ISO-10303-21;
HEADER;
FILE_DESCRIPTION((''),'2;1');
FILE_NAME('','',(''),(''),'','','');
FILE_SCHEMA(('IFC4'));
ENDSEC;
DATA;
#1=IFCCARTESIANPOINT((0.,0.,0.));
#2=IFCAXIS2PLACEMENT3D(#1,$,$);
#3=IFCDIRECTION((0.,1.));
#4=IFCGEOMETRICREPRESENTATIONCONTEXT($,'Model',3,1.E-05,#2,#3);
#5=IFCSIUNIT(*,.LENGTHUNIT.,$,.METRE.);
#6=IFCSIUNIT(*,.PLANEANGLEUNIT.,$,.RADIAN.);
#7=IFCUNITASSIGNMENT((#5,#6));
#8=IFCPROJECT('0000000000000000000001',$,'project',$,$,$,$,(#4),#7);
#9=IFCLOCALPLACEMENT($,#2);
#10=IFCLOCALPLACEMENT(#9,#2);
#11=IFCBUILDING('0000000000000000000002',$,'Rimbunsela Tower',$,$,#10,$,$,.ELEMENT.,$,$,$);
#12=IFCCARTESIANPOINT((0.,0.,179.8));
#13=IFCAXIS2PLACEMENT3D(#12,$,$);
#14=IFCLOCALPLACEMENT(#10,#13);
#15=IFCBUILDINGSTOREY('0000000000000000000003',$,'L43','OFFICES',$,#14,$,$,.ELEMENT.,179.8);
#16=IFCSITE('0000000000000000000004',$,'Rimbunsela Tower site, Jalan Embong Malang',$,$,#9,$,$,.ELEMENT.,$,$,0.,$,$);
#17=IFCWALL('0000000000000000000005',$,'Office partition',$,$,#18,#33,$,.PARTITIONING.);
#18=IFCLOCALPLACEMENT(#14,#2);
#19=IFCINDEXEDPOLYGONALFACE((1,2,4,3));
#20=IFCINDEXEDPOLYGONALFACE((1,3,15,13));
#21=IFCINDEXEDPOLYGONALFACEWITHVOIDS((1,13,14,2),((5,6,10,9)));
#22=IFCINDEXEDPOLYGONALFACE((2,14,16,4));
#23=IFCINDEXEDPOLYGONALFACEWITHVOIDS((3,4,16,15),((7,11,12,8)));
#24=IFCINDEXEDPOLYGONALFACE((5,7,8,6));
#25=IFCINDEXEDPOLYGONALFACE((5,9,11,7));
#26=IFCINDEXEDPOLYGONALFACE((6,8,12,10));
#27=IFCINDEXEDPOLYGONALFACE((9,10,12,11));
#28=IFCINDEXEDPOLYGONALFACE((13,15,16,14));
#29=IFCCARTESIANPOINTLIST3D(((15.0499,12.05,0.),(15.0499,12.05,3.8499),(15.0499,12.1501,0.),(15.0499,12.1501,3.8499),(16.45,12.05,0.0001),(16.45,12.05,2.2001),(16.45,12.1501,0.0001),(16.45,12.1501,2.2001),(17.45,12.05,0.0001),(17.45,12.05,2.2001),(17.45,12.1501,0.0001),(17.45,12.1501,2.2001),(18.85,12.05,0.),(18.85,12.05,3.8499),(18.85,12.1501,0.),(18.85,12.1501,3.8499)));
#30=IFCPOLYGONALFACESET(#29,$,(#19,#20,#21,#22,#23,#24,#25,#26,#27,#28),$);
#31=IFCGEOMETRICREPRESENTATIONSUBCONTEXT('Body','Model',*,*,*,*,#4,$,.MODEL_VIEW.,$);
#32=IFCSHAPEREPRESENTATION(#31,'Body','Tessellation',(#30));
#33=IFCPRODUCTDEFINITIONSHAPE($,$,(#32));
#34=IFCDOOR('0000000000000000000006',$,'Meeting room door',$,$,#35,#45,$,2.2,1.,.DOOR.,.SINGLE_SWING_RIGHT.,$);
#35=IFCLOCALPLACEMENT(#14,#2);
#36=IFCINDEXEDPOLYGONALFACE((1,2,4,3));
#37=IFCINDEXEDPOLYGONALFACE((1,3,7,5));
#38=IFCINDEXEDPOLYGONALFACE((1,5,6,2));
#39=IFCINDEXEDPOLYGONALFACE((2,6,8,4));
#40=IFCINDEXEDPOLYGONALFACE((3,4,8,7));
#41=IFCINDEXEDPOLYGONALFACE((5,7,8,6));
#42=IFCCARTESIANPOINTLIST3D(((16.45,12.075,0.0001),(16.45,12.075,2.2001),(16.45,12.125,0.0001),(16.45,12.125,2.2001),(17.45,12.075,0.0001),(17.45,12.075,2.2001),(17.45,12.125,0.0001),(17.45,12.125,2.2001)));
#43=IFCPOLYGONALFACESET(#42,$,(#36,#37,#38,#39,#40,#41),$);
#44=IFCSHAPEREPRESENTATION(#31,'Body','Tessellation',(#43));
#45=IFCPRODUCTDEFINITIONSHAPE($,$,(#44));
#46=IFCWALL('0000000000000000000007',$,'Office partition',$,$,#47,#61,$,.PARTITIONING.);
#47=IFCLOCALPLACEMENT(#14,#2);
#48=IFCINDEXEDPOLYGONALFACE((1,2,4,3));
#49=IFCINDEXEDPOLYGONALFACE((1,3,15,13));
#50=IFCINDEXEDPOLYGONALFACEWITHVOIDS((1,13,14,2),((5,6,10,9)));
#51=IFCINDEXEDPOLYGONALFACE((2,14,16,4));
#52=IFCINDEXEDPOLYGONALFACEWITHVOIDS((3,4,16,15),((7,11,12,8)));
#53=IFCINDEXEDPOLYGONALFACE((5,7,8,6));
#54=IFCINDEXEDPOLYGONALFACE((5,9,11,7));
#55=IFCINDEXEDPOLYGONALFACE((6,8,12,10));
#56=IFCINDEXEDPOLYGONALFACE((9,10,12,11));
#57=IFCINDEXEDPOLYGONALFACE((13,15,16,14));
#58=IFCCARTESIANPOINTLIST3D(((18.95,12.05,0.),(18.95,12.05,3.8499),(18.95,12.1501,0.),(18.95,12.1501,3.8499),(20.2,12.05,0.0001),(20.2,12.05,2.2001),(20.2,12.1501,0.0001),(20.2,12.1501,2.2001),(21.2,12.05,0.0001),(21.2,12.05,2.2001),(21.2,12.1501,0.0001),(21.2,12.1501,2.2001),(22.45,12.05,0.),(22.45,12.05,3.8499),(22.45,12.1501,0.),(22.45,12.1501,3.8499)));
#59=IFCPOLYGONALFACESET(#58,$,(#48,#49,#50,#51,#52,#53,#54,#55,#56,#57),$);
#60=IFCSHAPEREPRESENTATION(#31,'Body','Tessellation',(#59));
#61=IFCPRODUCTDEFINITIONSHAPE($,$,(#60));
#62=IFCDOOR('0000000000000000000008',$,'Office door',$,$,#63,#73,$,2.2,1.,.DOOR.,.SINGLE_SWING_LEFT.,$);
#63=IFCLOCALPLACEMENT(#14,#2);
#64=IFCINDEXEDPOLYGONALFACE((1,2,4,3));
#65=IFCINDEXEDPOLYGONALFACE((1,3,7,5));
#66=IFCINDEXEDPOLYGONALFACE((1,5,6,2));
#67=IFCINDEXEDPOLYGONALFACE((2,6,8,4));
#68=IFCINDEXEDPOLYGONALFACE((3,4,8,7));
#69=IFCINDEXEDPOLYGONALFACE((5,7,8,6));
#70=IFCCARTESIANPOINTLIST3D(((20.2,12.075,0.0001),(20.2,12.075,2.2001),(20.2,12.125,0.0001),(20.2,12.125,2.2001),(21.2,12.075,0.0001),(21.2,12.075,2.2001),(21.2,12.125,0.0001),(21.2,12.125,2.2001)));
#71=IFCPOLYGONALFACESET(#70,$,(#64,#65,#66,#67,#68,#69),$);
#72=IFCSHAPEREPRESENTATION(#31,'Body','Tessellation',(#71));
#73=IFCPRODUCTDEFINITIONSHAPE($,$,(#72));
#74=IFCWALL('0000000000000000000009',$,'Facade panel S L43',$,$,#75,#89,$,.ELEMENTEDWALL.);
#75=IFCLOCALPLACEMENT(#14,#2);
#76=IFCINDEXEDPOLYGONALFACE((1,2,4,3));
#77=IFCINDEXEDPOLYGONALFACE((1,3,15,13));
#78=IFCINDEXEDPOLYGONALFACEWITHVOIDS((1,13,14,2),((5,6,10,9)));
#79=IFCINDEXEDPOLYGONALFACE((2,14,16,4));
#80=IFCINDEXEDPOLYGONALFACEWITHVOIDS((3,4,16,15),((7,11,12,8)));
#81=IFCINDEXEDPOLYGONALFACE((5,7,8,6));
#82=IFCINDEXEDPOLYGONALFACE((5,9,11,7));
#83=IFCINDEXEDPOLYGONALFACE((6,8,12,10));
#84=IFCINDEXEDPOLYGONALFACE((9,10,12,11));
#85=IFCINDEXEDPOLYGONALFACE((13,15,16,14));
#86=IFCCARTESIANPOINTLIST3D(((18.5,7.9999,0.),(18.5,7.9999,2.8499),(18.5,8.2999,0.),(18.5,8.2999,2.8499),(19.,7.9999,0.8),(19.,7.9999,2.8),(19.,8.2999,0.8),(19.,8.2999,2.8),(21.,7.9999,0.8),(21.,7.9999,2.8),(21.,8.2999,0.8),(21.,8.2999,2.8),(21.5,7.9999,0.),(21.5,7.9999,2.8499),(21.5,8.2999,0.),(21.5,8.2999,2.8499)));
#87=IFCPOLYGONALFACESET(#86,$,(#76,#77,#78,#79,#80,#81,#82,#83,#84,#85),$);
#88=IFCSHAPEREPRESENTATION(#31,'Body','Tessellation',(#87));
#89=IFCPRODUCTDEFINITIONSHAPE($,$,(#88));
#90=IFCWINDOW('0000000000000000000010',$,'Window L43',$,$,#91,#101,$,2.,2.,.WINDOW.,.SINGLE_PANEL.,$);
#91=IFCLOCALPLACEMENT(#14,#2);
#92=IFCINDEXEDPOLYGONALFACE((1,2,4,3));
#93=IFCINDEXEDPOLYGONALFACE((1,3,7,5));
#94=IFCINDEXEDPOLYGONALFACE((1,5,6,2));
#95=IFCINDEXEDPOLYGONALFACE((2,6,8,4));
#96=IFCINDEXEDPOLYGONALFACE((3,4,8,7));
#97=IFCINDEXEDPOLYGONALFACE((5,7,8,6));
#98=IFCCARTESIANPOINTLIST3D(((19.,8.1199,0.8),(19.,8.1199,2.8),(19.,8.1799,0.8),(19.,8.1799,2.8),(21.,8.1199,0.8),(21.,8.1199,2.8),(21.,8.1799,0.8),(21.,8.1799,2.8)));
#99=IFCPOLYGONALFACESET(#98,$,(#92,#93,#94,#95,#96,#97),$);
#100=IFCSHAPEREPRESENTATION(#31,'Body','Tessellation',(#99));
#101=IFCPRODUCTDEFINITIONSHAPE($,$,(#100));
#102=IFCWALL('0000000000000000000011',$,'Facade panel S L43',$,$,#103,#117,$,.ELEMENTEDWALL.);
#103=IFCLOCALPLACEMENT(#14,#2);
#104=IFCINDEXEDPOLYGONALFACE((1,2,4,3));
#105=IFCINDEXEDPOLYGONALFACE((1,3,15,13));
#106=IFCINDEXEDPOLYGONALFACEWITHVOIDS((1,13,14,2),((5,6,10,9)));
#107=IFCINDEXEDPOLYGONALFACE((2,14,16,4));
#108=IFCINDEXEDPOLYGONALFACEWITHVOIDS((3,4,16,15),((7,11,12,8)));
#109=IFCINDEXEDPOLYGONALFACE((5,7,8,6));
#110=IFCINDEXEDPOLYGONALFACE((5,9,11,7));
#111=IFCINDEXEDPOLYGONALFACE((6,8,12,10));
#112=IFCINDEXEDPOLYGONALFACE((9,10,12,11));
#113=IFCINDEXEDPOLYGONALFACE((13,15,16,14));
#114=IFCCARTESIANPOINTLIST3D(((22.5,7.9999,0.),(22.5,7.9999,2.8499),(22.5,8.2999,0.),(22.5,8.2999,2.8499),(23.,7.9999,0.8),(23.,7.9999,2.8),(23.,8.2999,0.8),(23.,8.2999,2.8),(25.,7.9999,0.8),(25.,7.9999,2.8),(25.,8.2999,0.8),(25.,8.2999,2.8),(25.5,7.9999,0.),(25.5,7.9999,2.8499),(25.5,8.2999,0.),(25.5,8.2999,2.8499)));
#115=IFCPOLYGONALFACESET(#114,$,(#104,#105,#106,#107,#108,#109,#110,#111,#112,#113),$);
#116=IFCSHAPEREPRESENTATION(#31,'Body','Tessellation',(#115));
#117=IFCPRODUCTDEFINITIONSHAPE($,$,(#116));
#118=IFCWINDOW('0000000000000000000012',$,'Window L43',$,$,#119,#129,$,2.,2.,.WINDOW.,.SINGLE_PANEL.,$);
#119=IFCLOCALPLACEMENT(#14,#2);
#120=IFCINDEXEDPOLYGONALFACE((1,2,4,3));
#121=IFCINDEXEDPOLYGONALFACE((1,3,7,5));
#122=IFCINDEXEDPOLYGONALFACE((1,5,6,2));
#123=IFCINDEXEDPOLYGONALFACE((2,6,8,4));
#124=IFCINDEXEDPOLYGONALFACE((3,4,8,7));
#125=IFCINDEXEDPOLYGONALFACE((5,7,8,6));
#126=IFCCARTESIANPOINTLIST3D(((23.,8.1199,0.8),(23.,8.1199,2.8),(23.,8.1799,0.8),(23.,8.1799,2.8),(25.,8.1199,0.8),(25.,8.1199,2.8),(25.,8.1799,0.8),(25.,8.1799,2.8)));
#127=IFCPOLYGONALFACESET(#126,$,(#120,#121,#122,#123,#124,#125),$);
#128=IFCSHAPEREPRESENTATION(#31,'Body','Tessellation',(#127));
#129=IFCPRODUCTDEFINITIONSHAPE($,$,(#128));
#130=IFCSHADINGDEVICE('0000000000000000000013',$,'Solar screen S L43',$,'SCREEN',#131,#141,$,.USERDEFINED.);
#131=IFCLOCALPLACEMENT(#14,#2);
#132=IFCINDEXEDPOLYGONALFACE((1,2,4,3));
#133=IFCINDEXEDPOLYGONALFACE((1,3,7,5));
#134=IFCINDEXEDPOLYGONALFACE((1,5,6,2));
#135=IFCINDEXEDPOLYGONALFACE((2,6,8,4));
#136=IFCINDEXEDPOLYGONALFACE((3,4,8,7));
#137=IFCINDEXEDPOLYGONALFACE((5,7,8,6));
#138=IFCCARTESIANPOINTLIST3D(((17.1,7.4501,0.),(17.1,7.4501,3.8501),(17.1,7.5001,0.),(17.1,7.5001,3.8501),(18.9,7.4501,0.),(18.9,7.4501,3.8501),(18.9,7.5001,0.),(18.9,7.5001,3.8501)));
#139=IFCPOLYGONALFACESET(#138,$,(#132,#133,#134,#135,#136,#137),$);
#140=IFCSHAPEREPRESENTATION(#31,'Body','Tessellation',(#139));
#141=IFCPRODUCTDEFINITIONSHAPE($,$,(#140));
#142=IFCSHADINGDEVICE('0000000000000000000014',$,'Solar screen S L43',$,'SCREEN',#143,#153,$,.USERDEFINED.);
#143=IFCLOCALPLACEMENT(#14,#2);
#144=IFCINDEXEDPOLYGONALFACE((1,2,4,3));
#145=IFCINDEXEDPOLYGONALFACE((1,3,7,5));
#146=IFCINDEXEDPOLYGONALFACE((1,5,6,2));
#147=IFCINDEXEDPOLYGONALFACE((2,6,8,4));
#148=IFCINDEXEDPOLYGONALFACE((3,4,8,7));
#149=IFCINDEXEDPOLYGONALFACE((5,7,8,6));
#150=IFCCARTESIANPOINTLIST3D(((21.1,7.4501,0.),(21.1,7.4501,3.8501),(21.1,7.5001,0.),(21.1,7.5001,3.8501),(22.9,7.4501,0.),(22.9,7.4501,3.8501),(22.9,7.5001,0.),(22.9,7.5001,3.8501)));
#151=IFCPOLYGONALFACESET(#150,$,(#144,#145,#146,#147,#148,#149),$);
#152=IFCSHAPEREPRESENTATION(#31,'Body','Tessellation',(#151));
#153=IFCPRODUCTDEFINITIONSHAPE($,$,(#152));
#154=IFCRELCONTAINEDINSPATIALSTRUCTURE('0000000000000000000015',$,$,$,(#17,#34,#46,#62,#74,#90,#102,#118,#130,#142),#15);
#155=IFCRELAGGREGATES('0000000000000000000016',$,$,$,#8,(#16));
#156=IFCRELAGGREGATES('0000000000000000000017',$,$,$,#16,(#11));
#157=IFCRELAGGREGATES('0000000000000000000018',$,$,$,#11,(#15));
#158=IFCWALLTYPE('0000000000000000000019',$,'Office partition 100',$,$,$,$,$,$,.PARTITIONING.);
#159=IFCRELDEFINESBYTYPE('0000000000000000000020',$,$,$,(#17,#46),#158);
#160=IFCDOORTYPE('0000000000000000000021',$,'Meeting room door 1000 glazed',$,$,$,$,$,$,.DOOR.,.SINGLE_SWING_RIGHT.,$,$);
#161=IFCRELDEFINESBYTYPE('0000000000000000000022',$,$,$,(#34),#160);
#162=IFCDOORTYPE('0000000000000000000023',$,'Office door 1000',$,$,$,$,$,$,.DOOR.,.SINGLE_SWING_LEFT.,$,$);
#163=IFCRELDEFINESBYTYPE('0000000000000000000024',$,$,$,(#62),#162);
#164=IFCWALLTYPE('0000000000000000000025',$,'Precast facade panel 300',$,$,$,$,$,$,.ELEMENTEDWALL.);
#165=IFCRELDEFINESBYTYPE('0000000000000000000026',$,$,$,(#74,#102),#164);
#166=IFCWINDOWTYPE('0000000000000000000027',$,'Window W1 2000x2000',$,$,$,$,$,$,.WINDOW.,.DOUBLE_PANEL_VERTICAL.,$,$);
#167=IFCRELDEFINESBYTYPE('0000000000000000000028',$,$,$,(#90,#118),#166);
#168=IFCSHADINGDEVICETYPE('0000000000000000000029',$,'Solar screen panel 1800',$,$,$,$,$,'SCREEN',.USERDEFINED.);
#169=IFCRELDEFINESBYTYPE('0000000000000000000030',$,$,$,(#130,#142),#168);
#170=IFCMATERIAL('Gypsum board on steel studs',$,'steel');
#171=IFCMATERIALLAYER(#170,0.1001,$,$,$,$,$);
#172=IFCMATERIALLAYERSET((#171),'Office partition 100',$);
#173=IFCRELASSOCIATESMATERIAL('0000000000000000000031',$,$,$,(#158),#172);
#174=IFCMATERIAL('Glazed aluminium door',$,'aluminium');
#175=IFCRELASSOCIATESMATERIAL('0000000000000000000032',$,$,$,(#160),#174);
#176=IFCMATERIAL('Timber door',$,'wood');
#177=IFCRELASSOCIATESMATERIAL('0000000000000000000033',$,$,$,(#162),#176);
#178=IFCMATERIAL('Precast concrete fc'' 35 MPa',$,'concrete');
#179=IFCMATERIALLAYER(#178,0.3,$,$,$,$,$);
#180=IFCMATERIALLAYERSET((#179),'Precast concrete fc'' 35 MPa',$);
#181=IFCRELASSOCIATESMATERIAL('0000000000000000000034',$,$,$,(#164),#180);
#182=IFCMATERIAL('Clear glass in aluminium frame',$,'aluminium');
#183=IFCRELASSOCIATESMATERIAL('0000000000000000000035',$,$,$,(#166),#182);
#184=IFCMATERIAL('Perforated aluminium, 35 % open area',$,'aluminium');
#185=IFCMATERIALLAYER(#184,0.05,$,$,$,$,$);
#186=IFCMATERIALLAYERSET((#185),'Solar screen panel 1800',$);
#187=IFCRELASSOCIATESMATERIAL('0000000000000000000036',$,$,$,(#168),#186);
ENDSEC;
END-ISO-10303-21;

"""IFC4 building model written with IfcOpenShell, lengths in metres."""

from ifc_helpers import new_model, si_unit, direction, frame, frame_2d, origin, origin_2d, place, context, subcontext, project, spatial, rectangle, extrude, material, layer, layer_set, type_object, element, fill, save


model = new_model("IFC4")

# Units and contexts
model_context = context("Model", 3, precision=1e-05, world=origin(), true_north=direction((0.0, 1.0)))
body_context = subcontext(model_context, "Body", "Model", "MODEL_VIEW")
ifc_project = project(units=[si_unit("LENGTHUNIT", "METRE"), si_unit("PLANEANGLEUNIT", "RADIAN")], contexts=[model_context])

# Site, building, storey
site_placement = place(None, origin())
site = spatial("IfcSite", under=ifc_project, at=site_placement, Name="Rimbunsela Tower site, Jalan Embong Malang", CompositionType="ELEMENT", RefElevation=0.0)
building_placement = place(site_placement, origin())
building = spatial("IfcBuilding", under=site, at=building_placement, Name="Rimbunsela Tower", CompositionType="ELEMENT")
storey_placement = place(building_placement, frame((0.0, 0.0, 179.8)))
storey = spatial("IfcBuildingStorey", under=building, at=storey_placement, Name="L43", Description="OFFICES", CompositionType="ELEMENT", Elevation=179.8)

# Walls, openings, doors
ifc_material_1 = material(Name="Gypsum board on steel studs", Category="steel")
ifc_layer_1 = layer(ifc_material_1, 0.1001)
ifc_layer_set_1 = layer_set([ifc_layer_1], Name="Office partition 100")
wall_type_1 = type_object("IfcWallType", Name="Office partition 100", PredefinedType="PARTITIONING", material=ifc_layer_set_1)
wall_1_placement = place(storey_placement, frame((15.05, 12.1001, 0.0), z_axis=(0.0, 0.0, 1.0), x_axis=(1.0, 0.0, 0.0)))
wall_1 = element("IfcWall", 1, at=wall_1_placement, inside=storey, type_object=wall_type_1, Name="Office partition", PredefinedType="PARTITIONING", context=body_context, shape_type="SweptSolid", body=[
    extrude(rectangle(XDim=3.8, YDim=0.1001, at=frame_2d((1.8999, 0.0))), origin(), (0.0, 0.0, 1.0), 3.8499),
])
opening_1_placement = place(wall_1_placement, frame((1.3999, 0.0, 0.0)))
opening_1 = element("IfcOpeningElement", 2, at=opening_1_placement, cuts=wall_1, PredefinedType="OPENING", context=body_context, shape_type="SweptSolid", body=[
    extrude(rectangle(XDim=1.0, YDim=2.2, at=frame_2d((0.5, 1.1001))), frame((0.0, 0.0601, 0.0), z_axis=(0.0, -1.0, 0.0), x_axis=(1.0, 0.0, 0.0)), (0.0, 0.0, 1.0), 0.1201),
])
ifc_material_2 = material(Name="Glazed aluminium door", Category="aluminium")
door_type_1 = type_object("IfcDoorType", Name="Meeting room door 1000 glazed", OperationType="SINGLE_SWING_RIGHT", PredefinedType="DOOR", material=ifc_material_2)
door_1_placement = place(opening_1_placement, origin())
door_1 = element("IfcDoor", 3, at=door_1_placement, inside=storey, type_object=door_type_1, Name="Meeting room door", OperationType="SINGLE_SWING_RIGHT", OverallHeight=2.2, OverallWidth=1.0, PredefinedType="DOOR", context=body_context, shape_type="SweptSolid", body=[
    extrude(rectangle(XDim=1.0, YDim=2.2, at=frame_2d((0.5, 1.1001))), frame((0.0, 0.0249, 0.0), z_axis=(0.0, -1.0, 0.0), x_axis=(1.0, 0.0, 0.0)), (0.0, 0.0, 1.0), 0.05),
])
fill(opening_1, door_1)
wall_2_placement = place(storey_placement, frame((18.95, 12.1001, 0.0), z_axis=(0.0, 0.0, 1.0), x_axis=(1.0, 0.0, 0.0)))
wall_2 = element("IfcWall", 4, at=wall_2_placement, inside=storey, type_object=wall_type_1, Name="Office partition", PredefinedType="PARTITIONING", context=body_context, shape_type="SweptSolid", body=[
    extrude(rectangle(XDim=3.5, YDim=0.1001, at=frame_2d((1.75, 0.0))), origin(), (0.0, 0.0, 1.0), 3.8499),
])
opening_2_placement = place(wall_2_placement, frame((1.25, 0.0, 0.0)))
opening_2 = element("IfcOpeningElement", 5, at=opening_2_placement, cuts=wall_2, PredefinedType="OPENING", context=body_context, shape_type="SweptSolid", body=[
    extrude(rectangle(XDim=1.0, YDim=2.2, at=frame_2d((0.5, 1.1001))), frame((0.0, 0.0601, 0.0), z_axis=(0.0, -1.0, 0.0), x_axis=(1.0, 0.0, 0.0)), (0.0, 0.0, 1.0), 0.1201),
])
ifc_material_3 = material(Name="Timber door", Category="wood")
door_type_2 = type_object("IfcDoorType", Name="Office door 1000", OperationType="SINGLE_SWING_LEFT", PredefinedType="DOOR", material=ifc_material_3)
door_2_placement = place(opening_2_placement, origin())
door_2 = element("IfcDoor", 6, at=door_2_placement, inside=storey, type_object=door_type_2, Name="Office door", OperationType="SINGLE_SWING_LEFT", OverallHeight=2.2, OverallWidth=1.0, PredefinedType="DOOR", context=body_context, shape_type="SweptSolid", body=[
    extrude(rectangle(XDim=1.0, YDim=2.2, at=frame_2d((0.5, 1.1001))), frame((0.0, 0.0249, 0.0), z_axis=(0.0, -1.0, 0.0), x_axis=(1.0, 0.0, 0.0)), (0.0, 0.0, 1.0), 0.05),
])
fill(opening_2, door_2)

# Walls, openings, windows
ifc_material_4 = material(Name="Precast concrete fc' 35 MPa", Category="concrete")
ifc_layer_2 = layer(ifc_material_4, 0.3)
ifc_layer_set_2 = layer_set([ifc_layer_2], Name="Precast concrete fc' 35 MPa")
wall_type_2 = type_object("IfcWallType", Name="Precast facade panel 300", PredefinedType="ELEMENTEDWALL", material=ifc_layer_set_2)
wall_3_placement = place(storey_placement, frame((18.5, 8.1499, 0.0), z_axis=(0.0, 0.0, 1.0), x_axis=(1.0, 0.0, 0.0)))
wall_3 = element("IfcWall", 7, at=wall_3_placement, inside=storey, type_object=wall_type_2, Name="Facade panel S L43", PredefinedType="ELEMENTEDWALL", context=body_context, shape_type="SweptSolid", body=[
    extrude(rectangle(XDim=3.0, YDim=0.3, at=frame_2d((1.5, 0.0))), origin(), (0.0, 0.0, 1.0), 2.8499),
])
opening_3_placement = place(wall_3_placement, frame((0.5, 0.0, 0.8)))
opening_3 = element("IfcOpeningElement", 8, at=opening_3_placement, cuts=wall_3, PredefinedType="OPENING", context=body_context, shape_type="SweptSolid", body=[
    extrude(rectangle(XDim=2.0, YDim=2.0, at=frame_2d((1.0, 1.0))), frame((0.0, 0.1599, 0.0), z_axis=(0.0, -1.0, 0.0), x_axis=(1.0, 0.0, 0.0)), (0.0, 0.0, 1.0), 0.3201),
])
ifc_material_5 = material(Name="Clear glass in aluminium frame", Category="aluminium")
window_type = type_object("IfcWindowType", Name="Window W1 2000x2000", PartitioningType="DOUBLE_PANEL_VERTICAL", PredefinedType="WINDOW", material=ifc_material_5)
window_1_placement = place(opening_3_placement, origin())
window_1 = element("IfcWindow", 9, at=window_1_placement, inside=storey, type_object=window_type, Name="Window L43", OverallHeight=2.0, OverallWidth=2.0, PartitioningType="SINGLE_PANEL", PredefinedType="WINDOW", context=body_context, shape_type="SweptSolid", body=[
    extrude(rectangle(XDim=2.0, YDim=2.0, at=frame_2d((1.0, 1.0))), frame((0.0, 0.03, 0.0), z_axis=(0.0, -1.0, 0.0), x_axis=(1.0, 0.0, 0.0)), (0.0, 0.0, 1.0), 0.0601),
])
fill(opening_3, window_1)
wall_4_placement = place(storey_placement, frame((22.5, 8.1499, 0.0), z_axis=(0.0, 0.0, 1.0), x_axis=(1.0, 0.0, 0.0)))
wall_4 = element("IfcWall", 10, at=wall_4_placement, inside=storey, type_object=wall_type_2, Name="Facade panel S L43", PredefinedType="ELEMENTEDWALL", context=body_context, shape_type="SweptSolid", body=[
    extrude(rectangle(XDim=3.0, YDim=0.3, at=frame_2d((1.5, 0.0))), origin(), (0.0, 0.0, 1.0), 2.8499),
])
opening_4_placement = place(wall_4_placement, frame((0.5, 0.0, 0.8)))
opening_4 = element("IfcOpeningElement", 11, at=opening_4_placement, cuts=wall_4, PredefinedType="OPENING", context=body_context, shape_type="SweptSolid", body=[
    extrude(rectangle(XDim=2.0, YDim=2.0, at=frame_2d((1.0, 1.0))), frame((0.0, 0.1599, 0.0), z_axis=(0.0, -1.0, 0.0), x_axis=(1.0, 0.0, 0.0)), (0.0, 0.0, 1.0), 0.3201),
])
window_2_placement = place(opening_4_placement, origin())
window_2 = element("IfcWindow", 12, at=window_2_placement, inside=storey, type_object=window_type, Name="Window L43", OverallHeight=2.0, OverallWidth=2.0, PartitioningType="SINGLE_PANEL", PredefinedType="WINDOW", context=body_context, shape_type="SweptSolid", body=[
    extrude(rectangle(XDim=2.0, YDim=2.0, at=frame_2d((1.0, 1.0))), frame((0.0, 0.03, 0.0), z_axis=(0.0, -1.0, 0.0), x_axis=(1.0, 0.0, 0.0)), (0.0, 0.0, 1.0), 0.0601),
])
fill(opening_4, window_2)

# Shading devices
ifc_material_6 = material(Name="Perforated aluminium, 35 % open area", Category="aluminium")
ifc_layer_3 = layer(ifc_material_6, 0.05)
ifc_layer_set_3 = layer_set([ifc_layer_3], Name="Solar screen panel 1800")
shading_device_type = type_object("IfcShadingDeviceType", Name="Solar screen panel 1800", ElementType="SCREEN", PredefinedType="USERDEFINED", material=ifc_layer_set_3)
for number, where, z_axis, x_axis, name in (
    (13, (18.0, 7.4751, 0.0), (0.0, 0.0, 1.0), (1.0, 0.0, 0.0), "Solar screen S L43"),
    (14, (22.0, 7.4751, 0.0), (0.0, 0.0, 1.0), (1.0, 0.0, 0.0), "Solar screen S L43"),
):
    element("IfcShadingDevice", number, at=place(storey_placement, frame(where, z_axis=z_axis, x_axis=x_axis)), inside=storey, type_object=shading_device_type, Name=name, ObjectType="SCREEN", PredefinedType="USERDEFINED", context=body_context, shape_type="SweptSolid", body=[
        extrude(rectangle(XDim=1.8, YDim=0.05, at=origin_2d()), origin(), (0.0, 0.0, 1.0), 3.8501),
    ])

save(model, "model.ifc")
